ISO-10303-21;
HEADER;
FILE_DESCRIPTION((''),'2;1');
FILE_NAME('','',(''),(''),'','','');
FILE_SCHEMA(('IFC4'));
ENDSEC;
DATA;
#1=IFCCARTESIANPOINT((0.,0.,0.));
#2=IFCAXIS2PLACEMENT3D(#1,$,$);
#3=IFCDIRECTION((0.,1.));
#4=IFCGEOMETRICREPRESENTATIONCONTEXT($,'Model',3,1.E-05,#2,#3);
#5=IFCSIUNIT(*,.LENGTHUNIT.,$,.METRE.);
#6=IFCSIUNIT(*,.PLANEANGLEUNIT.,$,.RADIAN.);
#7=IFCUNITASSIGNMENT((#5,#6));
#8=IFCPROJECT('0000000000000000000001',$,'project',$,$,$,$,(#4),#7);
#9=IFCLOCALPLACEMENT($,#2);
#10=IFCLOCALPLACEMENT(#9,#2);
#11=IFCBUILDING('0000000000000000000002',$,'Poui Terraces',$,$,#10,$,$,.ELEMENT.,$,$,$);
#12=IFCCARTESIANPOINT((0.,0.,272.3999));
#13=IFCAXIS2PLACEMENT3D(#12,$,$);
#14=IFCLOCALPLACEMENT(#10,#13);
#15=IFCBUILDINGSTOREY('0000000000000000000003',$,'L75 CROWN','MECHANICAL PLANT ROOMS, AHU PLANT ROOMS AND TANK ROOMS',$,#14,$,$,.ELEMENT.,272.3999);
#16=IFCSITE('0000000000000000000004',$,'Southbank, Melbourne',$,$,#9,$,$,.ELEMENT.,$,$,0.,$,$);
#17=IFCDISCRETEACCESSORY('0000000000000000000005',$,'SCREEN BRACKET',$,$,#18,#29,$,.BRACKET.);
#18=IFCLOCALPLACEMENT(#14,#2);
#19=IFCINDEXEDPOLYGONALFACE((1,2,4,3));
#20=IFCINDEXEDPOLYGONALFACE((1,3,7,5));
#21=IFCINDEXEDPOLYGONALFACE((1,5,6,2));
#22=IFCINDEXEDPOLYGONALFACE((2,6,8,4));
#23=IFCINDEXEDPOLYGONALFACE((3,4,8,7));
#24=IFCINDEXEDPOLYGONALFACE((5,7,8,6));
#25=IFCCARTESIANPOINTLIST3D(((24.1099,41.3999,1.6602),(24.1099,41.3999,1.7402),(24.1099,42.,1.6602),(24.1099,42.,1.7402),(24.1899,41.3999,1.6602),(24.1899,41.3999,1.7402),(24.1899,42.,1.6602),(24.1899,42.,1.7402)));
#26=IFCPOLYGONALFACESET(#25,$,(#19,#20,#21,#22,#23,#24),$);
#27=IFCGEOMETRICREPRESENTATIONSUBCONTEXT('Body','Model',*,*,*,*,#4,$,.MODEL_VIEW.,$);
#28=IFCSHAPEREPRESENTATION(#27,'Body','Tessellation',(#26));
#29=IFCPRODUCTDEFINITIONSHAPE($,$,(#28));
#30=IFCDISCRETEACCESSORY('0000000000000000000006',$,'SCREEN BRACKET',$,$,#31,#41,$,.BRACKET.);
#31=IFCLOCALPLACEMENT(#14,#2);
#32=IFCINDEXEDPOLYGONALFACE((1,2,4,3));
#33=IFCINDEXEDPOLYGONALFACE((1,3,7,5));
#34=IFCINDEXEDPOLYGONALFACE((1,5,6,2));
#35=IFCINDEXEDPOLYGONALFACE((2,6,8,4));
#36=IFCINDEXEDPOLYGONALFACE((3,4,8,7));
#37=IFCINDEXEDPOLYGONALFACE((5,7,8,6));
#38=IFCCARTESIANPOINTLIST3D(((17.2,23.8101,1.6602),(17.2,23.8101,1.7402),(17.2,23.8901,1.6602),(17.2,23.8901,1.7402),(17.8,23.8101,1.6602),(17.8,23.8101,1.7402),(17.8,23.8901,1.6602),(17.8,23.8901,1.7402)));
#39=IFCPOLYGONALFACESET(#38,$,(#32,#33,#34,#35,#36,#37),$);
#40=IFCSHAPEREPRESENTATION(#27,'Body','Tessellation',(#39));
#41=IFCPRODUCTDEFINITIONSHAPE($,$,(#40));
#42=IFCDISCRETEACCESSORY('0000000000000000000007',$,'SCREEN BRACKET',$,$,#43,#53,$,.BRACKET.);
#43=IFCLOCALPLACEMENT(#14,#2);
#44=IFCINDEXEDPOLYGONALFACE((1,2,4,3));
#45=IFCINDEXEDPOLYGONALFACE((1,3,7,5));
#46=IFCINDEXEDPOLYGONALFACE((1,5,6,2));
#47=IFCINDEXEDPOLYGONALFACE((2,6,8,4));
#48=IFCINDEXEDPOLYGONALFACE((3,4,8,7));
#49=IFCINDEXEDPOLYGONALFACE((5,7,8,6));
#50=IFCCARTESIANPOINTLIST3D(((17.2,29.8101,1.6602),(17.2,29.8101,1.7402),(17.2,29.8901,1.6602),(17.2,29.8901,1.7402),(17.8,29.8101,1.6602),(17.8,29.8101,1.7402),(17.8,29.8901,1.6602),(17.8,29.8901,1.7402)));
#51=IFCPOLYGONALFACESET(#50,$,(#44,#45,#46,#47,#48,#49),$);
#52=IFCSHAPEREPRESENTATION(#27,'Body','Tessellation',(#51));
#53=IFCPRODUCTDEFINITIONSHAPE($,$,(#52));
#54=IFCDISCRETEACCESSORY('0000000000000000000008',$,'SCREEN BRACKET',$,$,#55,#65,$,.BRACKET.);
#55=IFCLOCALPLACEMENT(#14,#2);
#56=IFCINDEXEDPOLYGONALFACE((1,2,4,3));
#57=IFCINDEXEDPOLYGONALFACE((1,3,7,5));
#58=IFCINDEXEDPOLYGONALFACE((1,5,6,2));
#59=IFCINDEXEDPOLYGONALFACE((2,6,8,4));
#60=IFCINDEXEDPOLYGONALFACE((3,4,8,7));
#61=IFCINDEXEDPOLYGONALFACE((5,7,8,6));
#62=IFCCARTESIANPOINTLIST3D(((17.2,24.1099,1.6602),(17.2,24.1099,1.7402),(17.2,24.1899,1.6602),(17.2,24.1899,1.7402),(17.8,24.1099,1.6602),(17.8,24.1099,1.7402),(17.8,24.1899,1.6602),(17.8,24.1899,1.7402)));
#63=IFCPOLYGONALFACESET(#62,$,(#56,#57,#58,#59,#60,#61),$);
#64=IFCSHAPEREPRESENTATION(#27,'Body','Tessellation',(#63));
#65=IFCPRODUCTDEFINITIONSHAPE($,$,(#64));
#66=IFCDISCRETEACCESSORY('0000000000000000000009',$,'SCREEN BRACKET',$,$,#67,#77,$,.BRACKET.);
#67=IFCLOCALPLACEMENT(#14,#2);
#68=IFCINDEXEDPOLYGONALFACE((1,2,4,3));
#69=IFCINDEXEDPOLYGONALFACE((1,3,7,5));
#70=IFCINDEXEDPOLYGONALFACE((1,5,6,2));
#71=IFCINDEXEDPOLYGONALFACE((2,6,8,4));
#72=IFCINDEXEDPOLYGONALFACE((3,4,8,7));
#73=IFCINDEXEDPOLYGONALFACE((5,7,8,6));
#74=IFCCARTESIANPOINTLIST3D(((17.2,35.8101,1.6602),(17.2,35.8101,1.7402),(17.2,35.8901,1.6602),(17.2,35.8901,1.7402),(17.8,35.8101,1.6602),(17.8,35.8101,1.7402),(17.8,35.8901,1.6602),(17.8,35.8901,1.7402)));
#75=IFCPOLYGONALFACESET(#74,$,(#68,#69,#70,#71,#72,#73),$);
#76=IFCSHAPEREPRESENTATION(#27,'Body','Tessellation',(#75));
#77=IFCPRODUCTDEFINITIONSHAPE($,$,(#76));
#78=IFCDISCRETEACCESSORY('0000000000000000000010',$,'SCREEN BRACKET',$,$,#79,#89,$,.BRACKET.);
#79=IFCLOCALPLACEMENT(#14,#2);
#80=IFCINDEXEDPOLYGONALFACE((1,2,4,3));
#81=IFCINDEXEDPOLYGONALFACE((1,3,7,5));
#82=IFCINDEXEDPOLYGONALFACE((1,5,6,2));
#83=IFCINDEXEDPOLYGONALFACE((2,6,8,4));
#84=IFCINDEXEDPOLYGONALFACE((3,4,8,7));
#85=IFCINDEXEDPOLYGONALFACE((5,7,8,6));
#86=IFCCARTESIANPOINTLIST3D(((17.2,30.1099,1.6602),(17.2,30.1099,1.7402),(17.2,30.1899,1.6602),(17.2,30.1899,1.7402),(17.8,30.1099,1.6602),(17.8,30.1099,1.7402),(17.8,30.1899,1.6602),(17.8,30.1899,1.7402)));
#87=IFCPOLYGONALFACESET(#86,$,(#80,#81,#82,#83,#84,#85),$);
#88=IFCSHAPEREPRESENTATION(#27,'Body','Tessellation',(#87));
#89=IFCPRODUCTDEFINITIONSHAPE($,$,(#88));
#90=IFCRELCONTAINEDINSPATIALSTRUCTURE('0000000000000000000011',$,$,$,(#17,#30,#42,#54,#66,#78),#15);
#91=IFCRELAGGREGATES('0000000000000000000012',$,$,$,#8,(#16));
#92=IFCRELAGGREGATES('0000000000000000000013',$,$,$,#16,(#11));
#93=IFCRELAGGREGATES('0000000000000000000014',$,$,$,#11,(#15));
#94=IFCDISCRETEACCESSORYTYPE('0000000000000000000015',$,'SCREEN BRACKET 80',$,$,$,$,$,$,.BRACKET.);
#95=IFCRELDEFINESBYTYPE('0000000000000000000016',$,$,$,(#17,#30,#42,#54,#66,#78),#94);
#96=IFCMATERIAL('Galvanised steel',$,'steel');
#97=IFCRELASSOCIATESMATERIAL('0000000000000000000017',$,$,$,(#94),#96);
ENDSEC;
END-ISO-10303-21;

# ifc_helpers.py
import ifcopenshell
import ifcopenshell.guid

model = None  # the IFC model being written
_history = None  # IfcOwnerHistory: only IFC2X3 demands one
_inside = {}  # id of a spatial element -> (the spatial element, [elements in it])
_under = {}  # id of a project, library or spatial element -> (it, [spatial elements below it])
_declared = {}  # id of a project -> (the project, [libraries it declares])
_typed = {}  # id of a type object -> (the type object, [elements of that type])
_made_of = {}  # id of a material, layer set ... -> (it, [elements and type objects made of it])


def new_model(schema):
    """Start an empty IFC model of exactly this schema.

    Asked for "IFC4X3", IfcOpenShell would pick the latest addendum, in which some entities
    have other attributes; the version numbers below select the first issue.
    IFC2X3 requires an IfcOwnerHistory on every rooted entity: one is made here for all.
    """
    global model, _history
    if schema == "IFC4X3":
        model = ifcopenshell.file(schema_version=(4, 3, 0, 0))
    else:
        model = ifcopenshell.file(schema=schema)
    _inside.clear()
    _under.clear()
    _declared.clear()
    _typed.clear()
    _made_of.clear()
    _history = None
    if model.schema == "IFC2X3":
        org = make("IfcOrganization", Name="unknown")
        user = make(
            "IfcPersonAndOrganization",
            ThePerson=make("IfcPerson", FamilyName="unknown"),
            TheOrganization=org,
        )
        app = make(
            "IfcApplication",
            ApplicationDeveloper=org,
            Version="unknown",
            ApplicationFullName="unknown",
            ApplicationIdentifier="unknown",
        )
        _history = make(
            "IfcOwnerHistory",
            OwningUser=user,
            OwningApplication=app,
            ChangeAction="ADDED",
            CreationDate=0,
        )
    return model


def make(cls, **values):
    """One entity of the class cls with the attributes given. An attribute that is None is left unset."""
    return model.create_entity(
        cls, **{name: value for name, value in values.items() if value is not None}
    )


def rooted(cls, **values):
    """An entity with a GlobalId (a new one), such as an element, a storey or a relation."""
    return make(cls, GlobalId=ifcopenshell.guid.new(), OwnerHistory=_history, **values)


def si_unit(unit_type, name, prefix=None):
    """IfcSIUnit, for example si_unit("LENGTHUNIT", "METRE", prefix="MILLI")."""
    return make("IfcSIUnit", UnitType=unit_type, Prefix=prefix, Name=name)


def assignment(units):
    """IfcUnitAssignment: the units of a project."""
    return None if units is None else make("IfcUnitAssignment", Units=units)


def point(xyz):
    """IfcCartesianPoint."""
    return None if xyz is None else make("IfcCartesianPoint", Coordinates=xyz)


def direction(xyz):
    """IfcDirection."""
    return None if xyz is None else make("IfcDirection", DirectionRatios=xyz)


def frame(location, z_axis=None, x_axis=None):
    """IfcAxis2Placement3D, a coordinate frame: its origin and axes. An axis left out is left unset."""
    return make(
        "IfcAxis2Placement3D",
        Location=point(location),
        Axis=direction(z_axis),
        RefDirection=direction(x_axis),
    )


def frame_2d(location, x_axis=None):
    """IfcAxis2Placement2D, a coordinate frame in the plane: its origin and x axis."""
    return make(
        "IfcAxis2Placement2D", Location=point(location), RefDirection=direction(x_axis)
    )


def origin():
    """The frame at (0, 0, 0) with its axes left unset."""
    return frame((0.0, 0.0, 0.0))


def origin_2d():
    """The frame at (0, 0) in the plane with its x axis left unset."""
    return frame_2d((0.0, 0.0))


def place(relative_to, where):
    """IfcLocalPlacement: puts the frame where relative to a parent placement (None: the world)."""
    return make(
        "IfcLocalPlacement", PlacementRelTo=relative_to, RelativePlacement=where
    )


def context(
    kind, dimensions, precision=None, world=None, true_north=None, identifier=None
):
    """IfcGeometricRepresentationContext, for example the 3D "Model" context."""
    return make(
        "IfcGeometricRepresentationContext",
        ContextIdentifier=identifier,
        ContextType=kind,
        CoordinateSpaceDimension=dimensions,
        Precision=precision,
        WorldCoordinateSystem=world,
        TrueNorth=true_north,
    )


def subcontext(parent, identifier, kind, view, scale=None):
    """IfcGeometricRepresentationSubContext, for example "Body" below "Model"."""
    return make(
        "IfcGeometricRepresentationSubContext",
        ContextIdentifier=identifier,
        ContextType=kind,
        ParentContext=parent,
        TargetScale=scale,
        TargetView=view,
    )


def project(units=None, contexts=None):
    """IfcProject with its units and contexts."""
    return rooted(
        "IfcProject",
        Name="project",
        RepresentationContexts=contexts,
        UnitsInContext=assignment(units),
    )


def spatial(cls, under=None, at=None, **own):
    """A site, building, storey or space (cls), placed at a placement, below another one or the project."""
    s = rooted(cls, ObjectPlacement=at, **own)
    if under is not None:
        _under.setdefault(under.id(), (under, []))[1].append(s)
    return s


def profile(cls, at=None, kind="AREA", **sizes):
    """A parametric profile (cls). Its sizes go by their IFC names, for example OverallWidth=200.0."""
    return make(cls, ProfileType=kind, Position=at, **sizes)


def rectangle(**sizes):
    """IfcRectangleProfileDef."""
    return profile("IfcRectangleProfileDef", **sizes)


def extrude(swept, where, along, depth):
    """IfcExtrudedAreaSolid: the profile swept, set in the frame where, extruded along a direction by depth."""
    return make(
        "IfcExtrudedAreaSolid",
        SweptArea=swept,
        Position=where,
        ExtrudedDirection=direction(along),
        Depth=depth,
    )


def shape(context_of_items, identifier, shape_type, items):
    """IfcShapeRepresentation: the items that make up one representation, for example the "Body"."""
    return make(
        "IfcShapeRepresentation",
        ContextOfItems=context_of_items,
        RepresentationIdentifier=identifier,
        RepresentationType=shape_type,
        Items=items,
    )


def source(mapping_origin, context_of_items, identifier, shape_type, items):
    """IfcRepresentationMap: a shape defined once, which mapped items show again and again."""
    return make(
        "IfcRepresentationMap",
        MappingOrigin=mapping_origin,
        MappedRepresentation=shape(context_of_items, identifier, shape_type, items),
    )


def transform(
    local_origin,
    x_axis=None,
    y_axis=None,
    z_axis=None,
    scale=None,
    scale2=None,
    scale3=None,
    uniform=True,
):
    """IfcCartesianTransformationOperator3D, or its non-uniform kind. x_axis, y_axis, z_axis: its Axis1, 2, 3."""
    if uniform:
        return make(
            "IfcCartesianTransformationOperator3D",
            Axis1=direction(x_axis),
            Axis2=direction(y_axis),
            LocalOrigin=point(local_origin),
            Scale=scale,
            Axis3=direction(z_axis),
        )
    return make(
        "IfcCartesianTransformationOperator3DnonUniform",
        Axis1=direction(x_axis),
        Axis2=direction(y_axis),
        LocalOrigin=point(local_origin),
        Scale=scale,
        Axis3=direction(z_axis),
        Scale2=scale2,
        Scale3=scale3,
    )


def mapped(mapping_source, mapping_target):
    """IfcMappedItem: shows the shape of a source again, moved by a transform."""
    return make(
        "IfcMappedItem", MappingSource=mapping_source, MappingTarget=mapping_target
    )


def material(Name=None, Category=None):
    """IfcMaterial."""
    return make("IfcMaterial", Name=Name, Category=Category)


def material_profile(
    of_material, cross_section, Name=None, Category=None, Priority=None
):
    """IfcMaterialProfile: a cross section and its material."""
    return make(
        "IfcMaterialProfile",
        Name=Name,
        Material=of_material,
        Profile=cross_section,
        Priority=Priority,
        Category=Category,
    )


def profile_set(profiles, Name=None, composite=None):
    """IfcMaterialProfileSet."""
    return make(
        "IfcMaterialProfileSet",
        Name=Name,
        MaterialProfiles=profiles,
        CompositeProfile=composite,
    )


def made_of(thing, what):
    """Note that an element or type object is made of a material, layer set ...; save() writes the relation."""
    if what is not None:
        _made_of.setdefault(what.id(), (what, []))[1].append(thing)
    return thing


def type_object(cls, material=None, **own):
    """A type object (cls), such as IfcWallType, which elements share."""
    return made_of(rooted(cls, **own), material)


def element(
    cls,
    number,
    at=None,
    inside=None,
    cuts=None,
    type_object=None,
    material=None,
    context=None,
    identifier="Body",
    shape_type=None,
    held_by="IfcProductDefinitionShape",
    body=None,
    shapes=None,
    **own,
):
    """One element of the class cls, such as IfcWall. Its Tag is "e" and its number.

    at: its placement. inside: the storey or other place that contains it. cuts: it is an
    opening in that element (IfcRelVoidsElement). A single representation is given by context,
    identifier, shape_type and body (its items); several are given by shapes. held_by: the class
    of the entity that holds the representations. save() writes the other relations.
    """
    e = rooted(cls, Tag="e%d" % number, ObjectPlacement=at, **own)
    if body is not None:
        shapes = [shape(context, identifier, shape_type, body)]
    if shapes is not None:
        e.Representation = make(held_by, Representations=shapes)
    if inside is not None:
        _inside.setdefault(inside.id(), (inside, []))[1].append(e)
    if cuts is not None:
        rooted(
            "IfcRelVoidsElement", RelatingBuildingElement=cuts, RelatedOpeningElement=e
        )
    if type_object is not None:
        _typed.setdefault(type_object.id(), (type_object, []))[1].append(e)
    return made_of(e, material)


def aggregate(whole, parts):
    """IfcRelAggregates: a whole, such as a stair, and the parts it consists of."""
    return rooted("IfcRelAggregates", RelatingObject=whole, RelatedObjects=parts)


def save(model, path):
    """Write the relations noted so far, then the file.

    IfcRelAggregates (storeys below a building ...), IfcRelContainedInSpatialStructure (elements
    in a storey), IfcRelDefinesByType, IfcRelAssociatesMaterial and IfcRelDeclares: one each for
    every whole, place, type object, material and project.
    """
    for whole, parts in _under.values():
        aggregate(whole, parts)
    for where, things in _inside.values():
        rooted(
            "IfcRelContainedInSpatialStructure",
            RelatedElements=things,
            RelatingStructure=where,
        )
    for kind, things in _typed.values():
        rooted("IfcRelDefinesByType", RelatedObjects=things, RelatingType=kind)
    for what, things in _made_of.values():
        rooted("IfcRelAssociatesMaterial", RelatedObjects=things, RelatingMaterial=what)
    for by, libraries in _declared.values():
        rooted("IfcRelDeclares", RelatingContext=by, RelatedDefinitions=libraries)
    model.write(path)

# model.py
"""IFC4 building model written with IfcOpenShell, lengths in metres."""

from ifc_helpers import new_model, si_unit, direction, frame, origin, origin_2d, place, context, subcontext, project, spatial, rectangle, extrude, source, transform, mapped, material, material_profile, profile_set, type_object, element, save


model = new_model("IFC4")

# Units and contexts
model_context = context("Model", 3, precision=1e-05, world=origin(), true_north=direction((0.0, 1.0)))
body_context = subcontext(model_context, "Body", "Model", "MODEL_VIEW")
ifc_project = project(units=[si_unit("LENGTHUNIT", "METRE"), si_unit("PLANEANGLEUNIT", "RADIAN")], contexts=[model_context])

# Site, building, storey
site_placement = place(None, origin())
site = spatial("IfcSite", under=ifc_project, at=site_placement, Name="Southbank, Melbourne", CompositionType="ELEMENT", RefElevation=0.0)
building_placement = place(site_placement, origin())
building = spatial("IfcBuilding", under=site, at=building_placement, Name="Poui Terraces", CompositionType="ELEMENT")
storey_placement = place(building_placement, frame((0.0, 0.0, 272.3999)))
storey = spatial("IfcBuildingStorey", under=building, at=storey_placement, Name="L75 CROWN", Description="MECHANICAL PLANT ROOMS, AHU PLANT ROOMS AND TANK ROOMS", CompositionType="ELEMENT", Elevation=272.3999)

# Discrete accessories
ifc_material_1 = material(Name="Galvanised steel", Category="steel")
ifc_material_profile_1 = material_profile(ifc_material_1, rectangle(XDim=0.0801, YDim=0.0801, at=origin_2d()), Name="SCREEN BRACKET 80")
ifc_profile_set_1 = profile_set([ifc_material_profile_1], Name="Galvanised steel")
discrete_accessory_type = type_object("IfcDiscreteAccessoryType", Name="SCREEN BRACKET 80", PredefinedType="BRACKET", material=ifc_profile_set_1)
shared_shape_1 = source(origin(), body_context, "Body", "SweptSolid", [
    extrude(rectangle(XDim=0.0801, YDim=0.0801, at=origin_2d()), origin(), (0.0, 0.0, 1.0), 0.6001),
])
for number, where, z_axis, x_axis, name in (
    (1, (24.1499, 41.3999, 1.7002), (0.0, 1.0, 0.0), (-1.0, 0.0, 0.0), "SCREEN BRACKET"),
    (2, (17.8, 23.8501, 1.7002), (-1.0, 0.0, 0.0), (0.0, -1.0, 0.0), "SCREEN BRACKET"),
    (3, (17.8, 29.8501, 1.7002), (-1.0, 0.0, 0.0), (0.0, -1.0, 0.0), "SCREEN BRACKET"),
    (4, (17.8, 24.1499, 1.7002), (-1.0, 0.0, 0.0), (0.0, -1.0, 0.0), "SCREEN BRACKET"),
    (5, (17.8, 35.8501, 1.7002), (-1.0, 0.0, 0.0), (0.0, -1.0, 0.0), "SCREEN BRACKET"),
    (6, (17.8, 30.1499, 1.7002), (-1.0, 0.0, 0.0), (0.0, -1.0, 0.0), "SCREEN BRACKET"),
):
    element("IfcDiscreteAccessory", number, at=place(storey_placement, frame(where, z_axis=z_axis, x_axis=x_axis)), inside=storey, type_object=discrete_accessory_type, Name=name, PredefinedType="BRACKET", context=body_context, shape_type="MappedRepresentation", body=[
        mapped(shared_shape_1, transform((0.0, 0.0, 0.0))),
    ])

save(model, "model.ifc")
